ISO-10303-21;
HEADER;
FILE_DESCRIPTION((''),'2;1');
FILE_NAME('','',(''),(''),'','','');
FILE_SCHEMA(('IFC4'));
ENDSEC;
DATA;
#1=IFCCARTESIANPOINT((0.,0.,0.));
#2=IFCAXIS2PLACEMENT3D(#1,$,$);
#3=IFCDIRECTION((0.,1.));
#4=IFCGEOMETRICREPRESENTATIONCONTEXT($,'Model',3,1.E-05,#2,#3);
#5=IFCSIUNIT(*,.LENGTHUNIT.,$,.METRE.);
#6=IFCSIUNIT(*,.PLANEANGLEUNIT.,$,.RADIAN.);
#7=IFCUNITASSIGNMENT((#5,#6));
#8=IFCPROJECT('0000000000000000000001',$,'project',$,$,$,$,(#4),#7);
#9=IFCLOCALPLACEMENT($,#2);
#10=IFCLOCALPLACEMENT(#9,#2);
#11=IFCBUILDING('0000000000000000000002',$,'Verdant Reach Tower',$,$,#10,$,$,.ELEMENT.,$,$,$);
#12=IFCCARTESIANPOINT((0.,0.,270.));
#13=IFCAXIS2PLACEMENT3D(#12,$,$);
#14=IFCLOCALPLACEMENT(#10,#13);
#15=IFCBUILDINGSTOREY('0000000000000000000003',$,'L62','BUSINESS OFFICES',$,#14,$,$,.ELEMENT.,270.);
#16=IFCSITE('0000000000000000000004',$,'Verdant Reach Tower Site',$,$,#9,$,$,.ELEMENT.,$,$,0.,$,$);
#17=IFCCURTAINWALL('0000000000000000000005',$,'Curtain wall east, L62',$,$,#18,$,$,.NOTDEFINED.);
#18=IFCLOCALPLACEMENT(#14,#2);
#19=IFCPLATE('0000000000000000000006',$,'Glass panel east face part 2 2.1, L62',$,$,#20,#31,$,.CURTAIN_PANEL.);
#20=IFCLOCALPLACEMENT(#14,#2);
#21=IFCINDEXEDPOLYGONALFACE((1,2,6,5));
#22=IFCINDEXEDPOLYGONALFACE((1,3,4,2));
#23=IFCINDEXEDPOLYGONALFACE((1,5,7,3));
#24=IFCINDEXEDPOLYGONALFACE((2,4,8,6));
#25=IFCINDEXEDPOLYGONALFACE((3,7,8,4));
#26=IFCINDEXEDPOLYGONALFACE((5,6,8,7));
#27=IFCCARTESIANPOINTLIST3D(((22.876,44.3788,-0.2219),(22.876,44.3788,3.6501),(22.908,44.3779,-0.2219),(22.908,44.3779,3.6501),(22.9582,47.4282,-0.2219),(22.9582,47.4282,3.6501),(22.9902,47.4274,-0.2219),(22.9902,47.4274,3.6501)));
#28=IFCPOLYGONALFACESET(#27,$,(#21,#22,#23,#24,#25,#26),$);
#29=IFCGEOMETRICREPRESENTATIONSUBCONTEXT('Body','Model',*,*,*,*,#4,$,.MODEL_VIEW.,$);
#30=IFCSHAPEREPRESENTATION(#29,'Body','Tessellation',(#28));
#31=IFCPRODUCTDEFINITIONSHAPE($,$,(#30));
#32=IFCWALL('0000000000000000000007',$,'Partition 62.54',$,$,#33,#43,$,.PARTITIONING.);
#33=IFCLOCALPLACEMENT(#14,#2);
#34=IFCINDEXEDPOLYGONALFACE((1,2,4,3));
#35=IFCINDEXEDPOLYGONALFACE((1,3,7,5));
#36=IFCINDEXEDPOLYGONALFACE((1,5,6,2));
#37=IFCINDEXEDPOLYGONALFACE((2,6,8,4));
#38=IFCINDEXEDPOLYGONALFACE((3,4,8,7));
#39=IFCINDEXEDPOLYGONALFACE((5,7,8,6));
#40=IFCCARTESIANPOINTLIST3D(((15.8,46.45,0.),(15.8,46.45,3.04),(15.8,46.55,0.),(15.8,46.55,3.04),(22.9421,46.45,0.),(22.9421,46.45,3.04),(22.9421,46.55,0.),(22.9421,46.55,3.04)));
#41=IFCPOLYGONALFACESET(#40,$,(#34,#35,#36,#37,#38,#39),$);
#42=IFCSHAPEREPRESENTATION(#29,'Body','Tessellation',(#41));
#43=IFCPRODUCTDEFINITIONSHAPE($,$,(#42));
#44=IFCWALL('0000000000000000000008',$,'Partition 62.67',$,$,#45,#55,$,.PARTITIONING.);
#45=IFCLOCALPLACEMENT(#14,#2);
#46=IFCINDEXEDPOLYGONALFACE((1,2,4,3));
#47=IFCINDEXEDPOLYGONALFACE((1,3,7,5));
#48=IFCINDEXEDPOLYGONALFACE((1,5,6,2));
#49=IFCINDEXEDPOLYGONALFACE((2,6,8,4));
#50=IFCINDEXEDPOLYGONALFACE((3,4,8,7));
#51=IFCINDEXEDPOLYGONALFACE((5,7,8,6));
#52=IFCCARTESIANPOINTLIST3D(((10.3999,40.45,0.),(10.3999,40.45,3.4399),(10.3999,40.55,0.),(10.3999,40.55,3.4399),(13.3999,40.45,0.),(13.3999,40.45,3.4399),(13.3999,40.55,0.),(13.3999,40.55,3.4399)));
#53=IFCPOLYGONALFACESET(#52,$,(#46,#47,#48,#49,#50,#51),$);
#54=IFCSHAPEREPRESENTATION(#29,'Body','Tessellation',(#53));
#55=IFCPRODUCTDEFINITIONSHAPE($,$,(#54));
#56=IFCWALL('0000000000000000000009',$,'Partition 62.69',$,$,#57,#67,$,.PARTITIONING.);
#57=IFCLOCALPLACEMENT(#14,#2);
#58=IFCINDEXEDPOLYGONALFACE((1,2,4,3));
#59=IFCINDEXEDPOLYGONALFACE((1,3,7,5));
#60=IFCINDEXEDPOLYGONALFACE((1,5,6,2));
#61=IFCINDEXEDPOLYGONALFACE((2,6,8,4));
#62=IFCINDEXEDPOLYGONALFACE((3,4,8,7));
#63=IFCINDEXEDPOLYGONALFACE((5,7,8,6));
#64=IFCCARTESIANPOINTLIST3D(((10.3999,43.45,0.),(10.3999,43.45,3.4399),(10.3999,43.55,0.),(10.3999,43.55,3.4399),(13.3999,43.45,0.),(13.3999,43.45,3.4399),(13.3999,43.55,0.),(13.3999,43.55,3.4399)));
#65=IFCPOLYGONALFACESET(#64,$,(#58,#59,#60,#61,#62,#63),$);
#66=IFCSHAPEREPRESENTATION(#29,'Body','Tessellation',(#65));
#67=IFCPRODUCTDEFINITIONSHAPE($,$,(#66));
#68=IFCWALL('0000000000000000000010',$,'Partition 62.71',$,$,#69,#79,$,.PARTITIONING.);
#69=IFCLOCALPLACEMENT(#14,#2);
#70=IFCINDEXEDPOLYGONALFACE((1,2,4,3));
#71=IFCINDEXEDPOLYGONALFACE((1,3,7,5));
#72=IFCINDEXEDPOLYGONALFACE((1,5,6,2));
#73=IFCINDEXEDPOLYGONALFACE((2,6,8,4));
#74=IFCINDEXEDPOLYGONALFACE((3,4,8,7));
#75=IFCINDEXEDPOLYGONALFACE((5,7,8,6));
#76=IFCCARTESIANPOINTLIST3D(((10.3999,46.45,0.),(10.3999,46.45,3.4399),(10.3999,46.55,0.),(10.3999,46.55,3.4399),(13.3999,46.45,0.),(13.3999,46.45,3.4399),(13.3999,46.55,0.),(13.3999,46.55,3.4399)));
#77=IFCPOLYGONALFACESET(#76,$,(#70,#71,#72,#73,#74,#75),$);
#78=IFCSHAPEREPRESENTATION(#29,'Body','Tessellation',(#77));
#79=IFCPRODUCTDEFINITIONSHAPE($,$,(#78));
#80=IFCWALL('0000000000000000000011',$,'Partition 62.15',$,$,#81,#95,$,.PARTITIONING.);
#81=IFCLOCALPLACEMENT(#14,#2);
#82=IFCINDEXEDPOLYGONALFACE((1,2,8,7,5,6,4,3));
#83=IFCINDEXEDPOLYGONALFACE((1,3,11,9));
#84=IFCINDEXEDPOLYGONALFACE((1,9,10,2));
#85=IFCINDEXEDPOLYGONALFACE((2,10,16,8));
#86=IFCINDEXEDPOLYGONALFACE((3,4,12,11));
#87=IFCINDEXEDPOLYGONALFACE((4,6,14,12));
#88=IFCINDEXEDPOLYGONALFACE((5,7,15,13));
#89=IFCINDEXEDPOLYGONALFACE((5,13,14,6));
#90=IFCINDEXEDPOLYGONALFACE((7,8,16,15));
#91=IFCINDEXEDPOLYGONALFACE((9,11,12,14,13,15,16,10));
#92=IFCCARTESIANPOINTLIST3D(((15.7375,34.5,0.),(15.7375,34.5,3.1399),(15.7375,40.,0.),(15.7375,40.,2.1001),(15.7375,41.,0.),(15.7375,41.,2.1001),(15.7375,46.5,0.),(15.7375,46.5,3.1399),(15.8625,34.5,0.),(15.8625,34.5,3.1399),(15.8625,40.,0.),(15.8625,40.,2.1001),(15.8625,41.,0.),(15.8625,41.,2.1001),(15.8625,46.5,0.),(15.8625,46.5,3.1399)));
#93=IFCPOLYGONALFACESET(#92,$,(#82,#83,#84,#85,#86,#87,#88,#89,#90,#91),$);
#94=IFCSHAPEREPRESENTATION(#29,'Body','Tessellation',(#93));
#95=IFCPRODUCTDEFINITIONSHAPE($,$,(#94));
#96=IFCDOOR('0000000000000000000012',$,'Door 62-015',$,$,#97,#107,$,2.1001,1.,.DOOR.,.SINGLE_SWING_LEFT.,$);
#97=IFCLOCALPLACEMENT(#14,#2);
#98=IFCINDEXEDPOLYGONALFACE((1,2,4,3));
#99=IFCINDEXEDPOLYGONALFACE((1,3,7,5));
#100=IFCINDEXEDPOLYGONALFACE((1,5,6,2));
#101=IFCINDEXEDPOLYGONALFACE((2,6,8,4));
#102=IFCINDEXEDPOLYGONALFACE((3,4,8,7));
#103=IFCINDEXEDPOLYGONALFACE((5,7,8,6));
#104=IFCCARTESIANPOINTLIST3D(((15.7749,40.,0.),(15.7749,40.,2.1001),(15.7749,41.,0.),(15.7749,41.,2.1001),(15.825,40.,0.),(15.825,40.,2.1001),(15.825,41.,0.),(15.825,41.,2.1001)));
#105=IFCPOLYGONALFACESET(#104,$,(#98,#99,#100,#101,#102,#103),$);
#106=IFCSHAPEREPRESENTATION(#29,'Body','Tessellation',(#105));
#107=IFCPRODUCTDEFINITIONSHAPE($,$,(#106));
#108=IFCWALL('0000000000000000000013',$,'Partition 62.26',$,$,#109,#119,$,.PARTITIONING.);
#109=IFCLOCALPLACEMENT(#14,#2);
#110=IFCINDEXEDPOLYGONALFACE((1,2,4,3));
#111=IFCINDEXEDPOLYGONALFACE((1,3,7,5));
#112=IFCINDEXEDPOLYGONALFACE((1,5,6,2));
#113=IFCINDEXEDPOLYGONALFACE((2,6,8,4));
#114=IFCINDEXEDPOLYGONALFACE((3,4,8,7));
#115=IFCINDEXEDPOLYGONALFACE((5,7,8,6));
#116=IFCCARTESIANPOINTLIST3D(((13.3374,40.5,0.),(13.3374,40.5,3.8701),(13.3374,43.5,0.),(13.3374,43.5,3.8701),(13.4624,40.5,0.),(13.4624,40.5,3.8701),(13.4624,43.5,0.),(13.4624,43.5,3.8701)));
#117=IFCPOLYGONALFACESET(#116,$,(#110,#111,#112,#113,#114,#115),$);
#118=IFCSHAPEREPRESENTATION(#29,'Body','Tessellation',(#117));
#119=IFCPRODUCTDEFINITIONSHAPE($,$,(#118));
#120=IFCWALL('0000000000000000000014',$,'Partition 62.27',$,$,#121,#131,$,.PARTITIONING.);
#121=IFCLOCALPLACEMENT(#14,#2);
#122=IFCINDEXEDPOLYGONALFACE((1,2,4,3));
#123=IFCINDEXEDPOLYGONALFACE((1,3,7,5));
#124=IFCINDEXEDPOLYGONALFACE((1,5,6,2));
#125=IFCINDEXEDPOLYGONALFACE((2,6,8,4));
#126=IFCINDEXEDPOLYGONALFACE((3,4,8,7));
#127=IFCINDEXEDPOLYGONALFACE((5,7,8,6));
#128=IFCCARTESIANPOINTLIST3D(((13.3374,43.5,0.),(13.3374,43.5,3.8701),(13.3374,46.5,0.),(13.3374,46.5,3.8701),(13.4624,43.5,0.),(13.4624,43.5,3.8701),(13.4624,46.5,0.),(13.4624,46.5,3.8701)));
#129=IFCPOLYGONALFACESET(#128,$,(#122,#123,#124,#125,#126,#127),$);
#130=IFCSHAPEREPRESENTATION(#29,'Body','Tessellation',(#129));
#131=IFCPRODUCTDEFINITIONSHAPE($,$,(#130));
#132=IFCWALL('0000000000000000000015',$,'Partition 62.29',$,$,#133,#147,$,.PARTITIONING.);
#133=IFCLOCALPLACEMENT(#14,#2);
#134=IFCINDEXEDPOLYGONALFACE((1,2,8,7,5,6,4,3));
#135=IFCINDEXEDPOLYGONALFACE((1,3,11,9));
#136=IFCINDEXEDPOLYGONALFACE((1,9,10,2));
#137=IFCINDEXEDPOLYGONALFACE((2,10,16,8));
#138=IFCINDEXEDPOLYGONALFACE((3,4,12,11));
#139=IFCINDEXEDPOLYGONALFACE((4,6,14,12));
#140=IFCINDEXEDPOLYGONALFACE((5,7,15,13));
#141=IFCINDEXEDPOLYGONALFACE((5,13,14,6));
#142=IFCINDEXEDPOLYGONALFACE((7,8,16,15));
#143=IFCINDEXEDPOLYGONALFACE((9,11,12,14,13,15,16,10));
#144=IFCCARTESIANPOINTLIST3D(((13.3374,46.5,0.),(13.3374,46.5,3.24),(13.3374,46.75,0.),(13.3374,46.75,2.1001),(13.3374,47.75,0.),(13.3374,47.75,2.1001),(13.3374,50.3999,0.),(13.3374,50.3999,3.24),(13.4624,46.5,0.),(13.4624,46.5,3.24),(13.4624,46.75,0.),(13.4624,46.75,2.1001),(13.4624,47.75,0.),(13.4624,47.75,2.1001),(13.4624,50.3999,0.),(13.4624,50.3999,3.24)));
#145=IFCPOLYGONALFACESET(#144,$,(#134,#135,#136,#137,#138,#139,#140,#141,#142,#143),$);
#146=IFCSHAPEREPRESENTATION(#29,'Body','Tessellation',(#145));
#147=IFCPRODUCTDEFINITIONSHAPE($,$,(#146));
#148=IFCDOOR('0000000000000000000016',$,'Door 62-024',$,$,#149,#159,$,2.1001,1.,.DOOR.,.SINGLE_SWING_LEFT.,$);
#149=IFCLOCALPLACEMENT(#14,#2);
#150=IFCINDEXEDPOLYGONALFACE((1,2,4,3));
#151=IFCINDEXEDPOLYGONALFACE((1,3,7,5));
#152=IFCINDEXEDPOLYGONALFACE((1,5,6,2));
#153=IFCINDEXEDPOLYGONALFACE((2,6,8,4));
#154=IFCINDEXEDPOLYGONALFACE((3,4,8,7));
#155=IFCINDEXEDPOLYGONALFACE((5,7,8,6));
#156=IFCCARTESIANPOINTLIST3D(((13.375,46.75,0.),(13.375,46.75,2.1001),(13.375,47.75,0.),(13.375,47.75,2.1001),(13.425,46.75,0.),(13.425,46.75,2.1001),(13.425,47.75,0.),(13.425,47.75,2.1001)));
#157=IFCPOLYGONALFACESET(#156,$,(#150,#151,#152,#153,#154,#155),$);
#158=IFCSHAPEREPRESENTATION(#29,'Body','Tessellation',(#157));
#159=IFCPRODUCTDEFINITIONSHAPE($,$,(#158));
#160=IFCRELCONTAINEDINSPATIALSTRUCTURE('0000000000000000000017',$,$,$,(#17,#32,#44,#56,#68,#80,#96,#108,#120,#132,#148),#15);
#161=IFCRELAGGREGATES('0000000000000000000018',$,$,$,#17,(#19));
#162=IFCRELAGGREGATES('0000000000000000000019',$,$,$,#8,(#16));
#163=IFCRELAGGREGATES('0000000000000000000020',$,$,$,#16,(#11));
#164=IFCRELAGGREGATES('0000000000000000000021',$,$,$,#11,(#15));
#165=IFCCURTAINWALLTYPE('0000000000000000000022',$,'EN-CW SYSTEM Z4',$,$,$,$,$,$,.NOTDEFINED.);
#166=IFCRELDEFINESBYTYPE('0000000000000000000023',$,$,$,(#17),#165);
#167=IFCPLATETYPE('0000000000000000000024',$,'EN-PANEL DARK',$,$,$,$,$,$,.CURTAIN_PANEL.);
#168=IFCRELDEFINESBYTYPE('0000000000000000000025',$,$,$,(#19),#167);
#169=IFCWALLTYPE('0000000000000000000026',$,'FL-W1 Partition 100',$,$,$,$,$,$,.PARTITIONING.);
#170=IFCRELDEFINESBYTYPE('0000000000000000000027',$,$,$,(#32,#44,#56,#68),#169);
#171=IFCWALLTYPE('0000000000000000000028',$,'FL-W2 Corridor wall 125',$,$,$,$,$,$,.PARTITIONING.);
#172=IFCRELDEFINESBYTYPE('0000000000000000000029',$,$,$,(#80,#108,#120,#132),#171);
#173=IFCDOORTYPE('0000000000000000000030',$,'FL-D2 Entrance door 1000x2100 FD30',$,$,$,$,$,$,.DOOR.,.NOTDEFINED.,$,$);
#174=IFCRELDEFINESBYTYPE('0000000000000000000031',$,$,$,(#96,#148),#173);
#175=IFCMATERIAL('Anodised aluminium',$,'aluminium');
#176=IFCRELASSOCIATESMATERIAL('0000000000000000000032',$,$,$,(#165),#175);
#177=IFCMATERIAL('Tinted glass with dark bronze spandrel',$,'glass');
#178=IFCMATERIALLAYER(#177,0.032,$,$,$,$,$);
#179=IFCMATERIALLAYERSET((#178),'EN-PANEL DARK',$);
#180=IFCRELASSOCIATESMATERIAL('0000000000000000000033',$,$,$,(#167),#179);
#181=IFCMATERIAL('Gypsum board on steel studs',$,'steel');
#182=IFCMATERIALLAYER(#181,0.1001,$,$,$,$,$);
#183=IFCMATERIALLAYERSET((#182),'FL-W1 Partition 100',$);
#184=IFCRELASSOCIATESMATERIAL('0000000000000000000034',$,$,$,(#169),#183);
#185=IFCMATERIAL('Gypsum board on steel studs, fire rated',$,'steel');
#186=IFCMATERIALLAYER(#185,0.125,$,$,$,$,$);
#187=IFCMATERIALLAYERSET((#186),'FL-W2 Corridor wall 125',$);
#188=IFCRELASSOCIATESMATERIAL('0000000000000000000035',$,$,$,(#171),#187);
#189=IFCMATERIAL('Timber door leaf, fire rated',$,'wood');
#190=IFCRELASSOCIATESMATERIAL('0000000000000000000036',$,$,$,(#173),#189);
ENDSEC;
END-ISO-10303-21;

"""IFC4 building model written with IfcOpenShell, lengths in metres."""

from ifc_helpers import new_model, si_unit, direction, frame, frame_2d, origin, origin_2d, place, context, subcontext, project, spatial, rectangle, extrude, material, layer, layer_set, type_object, element, fill, aggregate, save


model = new_model("IFC4")

# Units and contexts
model_context = context("Model", 3, precision=1e-05, world=origin(), true_north=direction((0.0, 1.0)))
body_context = subcontext(model_context, "Body", "Model", "MODEL_VIEW")
ifc_project = project(units=[si_unit("LENGTHUNIT", "METRE"), si_unit("PLANEANGLEUNIT", "RADIAN")], contexts=[model_context])

# Site, building, storey
site_placement = place(None, origin())
site = spatial("IfcSite", under=ifc_project, at=site_placement, Name="Verdant Reach Tower Site", CompositionType="ELEMENT", RefElevation=0.0)
building_placement = place(site_placement, origin())
building = spatial("IfcBuilding", under=site, at=building_placement, Name="Verdant Reach Tower", CompositionType="ELEMENT")
storey_placement = place(building_placement, frame((0.0, 0.0, 270.0)))
storey = spatial("IfcBuildingStorey", under=building, at=storey_placement, Name="L62", Description="BUSINESS OFFICES", CompositionType="ELEMENT", Elevation=270.0)

# Curtain wall
ifc_material_1 = material(Name="Anodised aluminium", Category="aluminium")
curtain_wall_type = type_object("IfcCurtainWallType", Name="EN-CW SYSTEM Z4", PredefinedType="NOTDEFINED", material=ifc_material_1)
curtain_wall_placement = place(storey_placement, origin())
curtain_wall = element("IfcCurtainWall", 1, at=curtain_wall_placement, inside=storey, type_object=curtain_wall_type, Name="Curtain wall east, L62", PredefinedType="NOTDEFINED")

# Plate
ifc_material_2 = material(Name="Tinted glass with dark bronze spandrel", Category="glass")
ifc_layer_1 = layer(ifc_material_2, 0.032)
ifc_layer_set_1 = layer_set([ifc_layer_1], Name="EN-PANEL DARK")
plate_type_1 = type_object("IfcPlateType", Name="EN-PANEL DARK", PredefinedType="CURTAIN_PANEL", material=ifc_layer_set_1)
plate_1_placement = place(storey_placement, frame((22.9331, 45.9031, -0.2219), z_axis=(0.0, 0.0, 1.0), x_axis=(0.026965, 0.999636, 0.0)))
plate_1 = element("IfcPlate", 2, at=plate_1_placement, type_object=plate_type_1, Name="Glass panel east face part 2 2.1, L62", PredefinedType="CURTAIN_PANEL", context=body_context, shape_type="SweptSolid", body=[
    extrude(rectangle(XDim=3.0505, YDim=0.032, at=origin_2d()), origin(), (0.0, 0.0, 1.0), 3.8721),
])
aggregate(curtain_wall, [plate_1])

# Walls
ifc_material_3 = material(Name="Gypsum board on steel studs", Category="steel")
ifc_layer_2 = layer(ifc_material_3, 0.1001)
ifc_layer_set_2 = layer_set([ifc_layer_2], Name="FL-W1 Partition 100")
wall_type_1 = type_object("IfcWallType", Name="FL-W1 Partition 100", PredefinedType="PARTITIONING", material=ifc_layer_set_2)
wall_1_placement = place(storey_placement, frame((22.9421, 46.5, 0.0), z_axis=(0.0, 0.0, 1.0), x_axis=(-1.0, 0.0, 0.0)))
element("IfcWall", 3, at=wall_1_placement, inside=storey, type_object=wall_type_1, Name="Partition 62.54", PredefinedType="PARTITIONING", context=body_context, shape_type="SweptSolid", body=[
    extrude(rectangle(XDim=7.1421, YDim=0.1001, at=frame_2d((3.571, 0.0))), origin(), (0.0, 0.0, 1.0), 3.04),
])
for number, where, z_axis, x_axis, name in (
    (4, (13.3999, 40.5, 0.0), (0.0, 0.0, 1.0), (-1.0, 0.0, 0.0), "Partition 62.67"),
    (5, (13.3999, 43.5, 0.0), (0.0, 0.0, 1.0), (-1.0, 0.0, 0.0), "Partition 62.69"),
    (6, (13.3999, 46.5, 0.0), (0.0, 0.0, 1.0), (-1.0, 0.0, 0.0), "Partition 62.71"),
):
    element("IfcWall", number, at=place(storey_placement, frame(where, z_axis=z_axis, x_axis=x_axis)), inside=storey, type_object=wall_type_1, Name=name, PredefinedType="PARTITIONING", context=body_context, shape_type="SweptSolid", body=[
        extrude(rectangle(XDim=3.0, YDim=0.1001, at=frame_2d((1.5, 0.0))), origin(), (0.0, 0.0, 1.0), 3.4399),
    ])

# Wall, opening, door
ifc_material_4 = material(Name="Gypsum board on steel studs, fire rated", Category="steel")
ifc_layer_3 = layer(ifc_material_4, 0.125)
ifc_layer_set_3 = layer_set([ifc_layer_3], Name="FL-W2 Corridor wall 125")
wall_type_2 = type_object("IfcWallType", Name="FL-W2 Corridor wall 125", PredefinedType="PARTITIONING", material=ifc_layer_set_3)
wall_2_placement = place(storey_placement, frame((15.8, 46.5, 0.0), z_axis=(0.0, 0.0, 1.0), x_axis=(0.0, -1.0, 0.0)))
wall_2 = element("IfcWall", 7, at=wall_2_placement, inside=storey, type_object=wall_type_2, Name="Partition 62.15", PredefinedType="PARTITIONING", context=body_context, shape_type="SweptSolid", body=[
    extrude(rectangle(XDim=12.0, YDim=0.125, at=frame_2d((6.0, 0.0))), origin(), (0.0, 0.0, 1.0), 3.1399),
])
opening_1_placement = place(wall_2_placement, frame((5.5, 0.0, 0.0)))
opening_1 = element("IfcOpeningElement", 8, at=opening_1_placement, cuts=wall_2, PredefinedType="OPENING", context=body_context, shape_type="SweptSolid", body=[
    extrude(rectangle(XDim=1.0, YDim=2.1001, at=frame_2d((0.5, 1.05))), frame((0.0, 0.0725, 0.0), z_axis=(0.0, -1.0, 0.0), x_axis=(1.0, 0.0, 0.0)), (0.0, 0.0, 1.0), 0.145),
])
ifc_material_5 = material(Name="Timber door leaf, fire rated", Category="wood")
door_type = type_object("IfcDoorType", Name="FL-D2 Entrance door 1000x2100 FD30", OperationType="NOTDEFINED", PredefinedType="DOOR", material=ifc_material_5)
door_1_placement = place(opening_1_placement, origin())
door_1 = element("IfcDoor", 9, at=door_1_placement, inside=storey, type_object=door_type, Name="Door 62-015", OperationType="SINGLE_SWING_LEFT", OverallHeight=2.1001, OverallWidth=1.0, PredefinedType="DOOR", context=body_context, shape_type="SweptSolid", body=[
    extrude(rectangle(XDim=1.0, YDim=2.1001, at=frame_2d((0.5, 1.05))), frame((0.0, 0.0249, 0.0), z_axis=(0.0, -1.0, 0.0), x_axis=(1.0, 0.0, 0.0)), (0.0, 0.0, 1.0), 0.05),
])
fill(opening_1, door_1)

# Walls
for number, where, z_axis, x_axis, name in (
    (10, (13.3999, 40.5, 0.0), (0.0, 0.0, 1.0), (0.0, 1.0, 0.0), "Partition 62.26"),
    (11, (13.3999, 43.5, 0.0), (0.0, 0.0, 1.0), (0.0, 1.0, 0.0), "Partition 62.27"),
):
    element("IfcWall", number, at=place(storey_placement, frame(where, z_axis=z_axis, x_axis=x_axis)), inside=storey, type_object=wall_type_2, Name=name, PredefinedType="PARTITIONING", context=body_context, shape_type="SweptSolid", body=[
        extrude(rectangle(XDim=3.0, YDim=0.125, at=frame_2d((1.5, 0.0))), origin(), (0.0, 0.0, 1.0), 3.8701),
    ])

# Wall, opening, door
wall_3_placement = place(storey_placement, frame((13.3999, 46.5, 0.0), z_axis=(0.0, 0.0, 1.0), x_axis=(0.0, 1.0, 0.0)))
wall_3 = element("IfcWall", 12, at=wall_3_placement, inside=storey, type_object=wall_type_2, Name="Partition 62.29", PredefinedType="PARTITIONING", context=body_context, shape_type="SweptSolid", body=[
    extrude(rectangle(XDim=3.8999, YDim=0.125, at=frame_2d((1.95, 0.0))), origin(), (0.0, 0.0, 1.0), 3.24),
])
opening_2_placement = place(wall_3_placement, frame((0.25, 0.0, 0.0)))
opening_2 = element("IfcOpeningElement", 13, at=opening_2_placement, cuts=wall_3, PredefinedType="OPENING", context=body_context, shape_type="SweptSolid", body=[
    extrude(rectangle(XDim=1.0, YDim=2.1001, at=frame_2d((0.5, 1.05))), frame((0.0, 0.0725, 0.0), z_axis=(0.0, -1.0, 0.0), x_axis=(1.0, 0.0, 0.0)), (0.0, 0.0, 1.0), 0.145),
])
door_2_placement = place(opening_2_placement, origin())
door_2 = element("IfcDoor", 14, at=door_2_placement, inside=storey, type_object=door_type, Name="Door 62-024", OperationType="SINGLE_SWING_LEFT", OverallHeight=2.1001, OverallWidth=1.0, PredefinedType="DOOR", context=body_context, shape_type="SweptSolid", body=[
    extrude(rectangle(XDim=1.0, YDim=2.1001, at=frame_2d((0.5, 1.05))), frame((0.0, 0.0249, 0.0), z_axis=(0.0, -1.0, 0.0), x_axis=(1.0, 0.0, 0.0)), (0.0, 0.0, 1.0), 0.05),
])
fill(opening_2, door_2)

save(model, "model.ifc")
